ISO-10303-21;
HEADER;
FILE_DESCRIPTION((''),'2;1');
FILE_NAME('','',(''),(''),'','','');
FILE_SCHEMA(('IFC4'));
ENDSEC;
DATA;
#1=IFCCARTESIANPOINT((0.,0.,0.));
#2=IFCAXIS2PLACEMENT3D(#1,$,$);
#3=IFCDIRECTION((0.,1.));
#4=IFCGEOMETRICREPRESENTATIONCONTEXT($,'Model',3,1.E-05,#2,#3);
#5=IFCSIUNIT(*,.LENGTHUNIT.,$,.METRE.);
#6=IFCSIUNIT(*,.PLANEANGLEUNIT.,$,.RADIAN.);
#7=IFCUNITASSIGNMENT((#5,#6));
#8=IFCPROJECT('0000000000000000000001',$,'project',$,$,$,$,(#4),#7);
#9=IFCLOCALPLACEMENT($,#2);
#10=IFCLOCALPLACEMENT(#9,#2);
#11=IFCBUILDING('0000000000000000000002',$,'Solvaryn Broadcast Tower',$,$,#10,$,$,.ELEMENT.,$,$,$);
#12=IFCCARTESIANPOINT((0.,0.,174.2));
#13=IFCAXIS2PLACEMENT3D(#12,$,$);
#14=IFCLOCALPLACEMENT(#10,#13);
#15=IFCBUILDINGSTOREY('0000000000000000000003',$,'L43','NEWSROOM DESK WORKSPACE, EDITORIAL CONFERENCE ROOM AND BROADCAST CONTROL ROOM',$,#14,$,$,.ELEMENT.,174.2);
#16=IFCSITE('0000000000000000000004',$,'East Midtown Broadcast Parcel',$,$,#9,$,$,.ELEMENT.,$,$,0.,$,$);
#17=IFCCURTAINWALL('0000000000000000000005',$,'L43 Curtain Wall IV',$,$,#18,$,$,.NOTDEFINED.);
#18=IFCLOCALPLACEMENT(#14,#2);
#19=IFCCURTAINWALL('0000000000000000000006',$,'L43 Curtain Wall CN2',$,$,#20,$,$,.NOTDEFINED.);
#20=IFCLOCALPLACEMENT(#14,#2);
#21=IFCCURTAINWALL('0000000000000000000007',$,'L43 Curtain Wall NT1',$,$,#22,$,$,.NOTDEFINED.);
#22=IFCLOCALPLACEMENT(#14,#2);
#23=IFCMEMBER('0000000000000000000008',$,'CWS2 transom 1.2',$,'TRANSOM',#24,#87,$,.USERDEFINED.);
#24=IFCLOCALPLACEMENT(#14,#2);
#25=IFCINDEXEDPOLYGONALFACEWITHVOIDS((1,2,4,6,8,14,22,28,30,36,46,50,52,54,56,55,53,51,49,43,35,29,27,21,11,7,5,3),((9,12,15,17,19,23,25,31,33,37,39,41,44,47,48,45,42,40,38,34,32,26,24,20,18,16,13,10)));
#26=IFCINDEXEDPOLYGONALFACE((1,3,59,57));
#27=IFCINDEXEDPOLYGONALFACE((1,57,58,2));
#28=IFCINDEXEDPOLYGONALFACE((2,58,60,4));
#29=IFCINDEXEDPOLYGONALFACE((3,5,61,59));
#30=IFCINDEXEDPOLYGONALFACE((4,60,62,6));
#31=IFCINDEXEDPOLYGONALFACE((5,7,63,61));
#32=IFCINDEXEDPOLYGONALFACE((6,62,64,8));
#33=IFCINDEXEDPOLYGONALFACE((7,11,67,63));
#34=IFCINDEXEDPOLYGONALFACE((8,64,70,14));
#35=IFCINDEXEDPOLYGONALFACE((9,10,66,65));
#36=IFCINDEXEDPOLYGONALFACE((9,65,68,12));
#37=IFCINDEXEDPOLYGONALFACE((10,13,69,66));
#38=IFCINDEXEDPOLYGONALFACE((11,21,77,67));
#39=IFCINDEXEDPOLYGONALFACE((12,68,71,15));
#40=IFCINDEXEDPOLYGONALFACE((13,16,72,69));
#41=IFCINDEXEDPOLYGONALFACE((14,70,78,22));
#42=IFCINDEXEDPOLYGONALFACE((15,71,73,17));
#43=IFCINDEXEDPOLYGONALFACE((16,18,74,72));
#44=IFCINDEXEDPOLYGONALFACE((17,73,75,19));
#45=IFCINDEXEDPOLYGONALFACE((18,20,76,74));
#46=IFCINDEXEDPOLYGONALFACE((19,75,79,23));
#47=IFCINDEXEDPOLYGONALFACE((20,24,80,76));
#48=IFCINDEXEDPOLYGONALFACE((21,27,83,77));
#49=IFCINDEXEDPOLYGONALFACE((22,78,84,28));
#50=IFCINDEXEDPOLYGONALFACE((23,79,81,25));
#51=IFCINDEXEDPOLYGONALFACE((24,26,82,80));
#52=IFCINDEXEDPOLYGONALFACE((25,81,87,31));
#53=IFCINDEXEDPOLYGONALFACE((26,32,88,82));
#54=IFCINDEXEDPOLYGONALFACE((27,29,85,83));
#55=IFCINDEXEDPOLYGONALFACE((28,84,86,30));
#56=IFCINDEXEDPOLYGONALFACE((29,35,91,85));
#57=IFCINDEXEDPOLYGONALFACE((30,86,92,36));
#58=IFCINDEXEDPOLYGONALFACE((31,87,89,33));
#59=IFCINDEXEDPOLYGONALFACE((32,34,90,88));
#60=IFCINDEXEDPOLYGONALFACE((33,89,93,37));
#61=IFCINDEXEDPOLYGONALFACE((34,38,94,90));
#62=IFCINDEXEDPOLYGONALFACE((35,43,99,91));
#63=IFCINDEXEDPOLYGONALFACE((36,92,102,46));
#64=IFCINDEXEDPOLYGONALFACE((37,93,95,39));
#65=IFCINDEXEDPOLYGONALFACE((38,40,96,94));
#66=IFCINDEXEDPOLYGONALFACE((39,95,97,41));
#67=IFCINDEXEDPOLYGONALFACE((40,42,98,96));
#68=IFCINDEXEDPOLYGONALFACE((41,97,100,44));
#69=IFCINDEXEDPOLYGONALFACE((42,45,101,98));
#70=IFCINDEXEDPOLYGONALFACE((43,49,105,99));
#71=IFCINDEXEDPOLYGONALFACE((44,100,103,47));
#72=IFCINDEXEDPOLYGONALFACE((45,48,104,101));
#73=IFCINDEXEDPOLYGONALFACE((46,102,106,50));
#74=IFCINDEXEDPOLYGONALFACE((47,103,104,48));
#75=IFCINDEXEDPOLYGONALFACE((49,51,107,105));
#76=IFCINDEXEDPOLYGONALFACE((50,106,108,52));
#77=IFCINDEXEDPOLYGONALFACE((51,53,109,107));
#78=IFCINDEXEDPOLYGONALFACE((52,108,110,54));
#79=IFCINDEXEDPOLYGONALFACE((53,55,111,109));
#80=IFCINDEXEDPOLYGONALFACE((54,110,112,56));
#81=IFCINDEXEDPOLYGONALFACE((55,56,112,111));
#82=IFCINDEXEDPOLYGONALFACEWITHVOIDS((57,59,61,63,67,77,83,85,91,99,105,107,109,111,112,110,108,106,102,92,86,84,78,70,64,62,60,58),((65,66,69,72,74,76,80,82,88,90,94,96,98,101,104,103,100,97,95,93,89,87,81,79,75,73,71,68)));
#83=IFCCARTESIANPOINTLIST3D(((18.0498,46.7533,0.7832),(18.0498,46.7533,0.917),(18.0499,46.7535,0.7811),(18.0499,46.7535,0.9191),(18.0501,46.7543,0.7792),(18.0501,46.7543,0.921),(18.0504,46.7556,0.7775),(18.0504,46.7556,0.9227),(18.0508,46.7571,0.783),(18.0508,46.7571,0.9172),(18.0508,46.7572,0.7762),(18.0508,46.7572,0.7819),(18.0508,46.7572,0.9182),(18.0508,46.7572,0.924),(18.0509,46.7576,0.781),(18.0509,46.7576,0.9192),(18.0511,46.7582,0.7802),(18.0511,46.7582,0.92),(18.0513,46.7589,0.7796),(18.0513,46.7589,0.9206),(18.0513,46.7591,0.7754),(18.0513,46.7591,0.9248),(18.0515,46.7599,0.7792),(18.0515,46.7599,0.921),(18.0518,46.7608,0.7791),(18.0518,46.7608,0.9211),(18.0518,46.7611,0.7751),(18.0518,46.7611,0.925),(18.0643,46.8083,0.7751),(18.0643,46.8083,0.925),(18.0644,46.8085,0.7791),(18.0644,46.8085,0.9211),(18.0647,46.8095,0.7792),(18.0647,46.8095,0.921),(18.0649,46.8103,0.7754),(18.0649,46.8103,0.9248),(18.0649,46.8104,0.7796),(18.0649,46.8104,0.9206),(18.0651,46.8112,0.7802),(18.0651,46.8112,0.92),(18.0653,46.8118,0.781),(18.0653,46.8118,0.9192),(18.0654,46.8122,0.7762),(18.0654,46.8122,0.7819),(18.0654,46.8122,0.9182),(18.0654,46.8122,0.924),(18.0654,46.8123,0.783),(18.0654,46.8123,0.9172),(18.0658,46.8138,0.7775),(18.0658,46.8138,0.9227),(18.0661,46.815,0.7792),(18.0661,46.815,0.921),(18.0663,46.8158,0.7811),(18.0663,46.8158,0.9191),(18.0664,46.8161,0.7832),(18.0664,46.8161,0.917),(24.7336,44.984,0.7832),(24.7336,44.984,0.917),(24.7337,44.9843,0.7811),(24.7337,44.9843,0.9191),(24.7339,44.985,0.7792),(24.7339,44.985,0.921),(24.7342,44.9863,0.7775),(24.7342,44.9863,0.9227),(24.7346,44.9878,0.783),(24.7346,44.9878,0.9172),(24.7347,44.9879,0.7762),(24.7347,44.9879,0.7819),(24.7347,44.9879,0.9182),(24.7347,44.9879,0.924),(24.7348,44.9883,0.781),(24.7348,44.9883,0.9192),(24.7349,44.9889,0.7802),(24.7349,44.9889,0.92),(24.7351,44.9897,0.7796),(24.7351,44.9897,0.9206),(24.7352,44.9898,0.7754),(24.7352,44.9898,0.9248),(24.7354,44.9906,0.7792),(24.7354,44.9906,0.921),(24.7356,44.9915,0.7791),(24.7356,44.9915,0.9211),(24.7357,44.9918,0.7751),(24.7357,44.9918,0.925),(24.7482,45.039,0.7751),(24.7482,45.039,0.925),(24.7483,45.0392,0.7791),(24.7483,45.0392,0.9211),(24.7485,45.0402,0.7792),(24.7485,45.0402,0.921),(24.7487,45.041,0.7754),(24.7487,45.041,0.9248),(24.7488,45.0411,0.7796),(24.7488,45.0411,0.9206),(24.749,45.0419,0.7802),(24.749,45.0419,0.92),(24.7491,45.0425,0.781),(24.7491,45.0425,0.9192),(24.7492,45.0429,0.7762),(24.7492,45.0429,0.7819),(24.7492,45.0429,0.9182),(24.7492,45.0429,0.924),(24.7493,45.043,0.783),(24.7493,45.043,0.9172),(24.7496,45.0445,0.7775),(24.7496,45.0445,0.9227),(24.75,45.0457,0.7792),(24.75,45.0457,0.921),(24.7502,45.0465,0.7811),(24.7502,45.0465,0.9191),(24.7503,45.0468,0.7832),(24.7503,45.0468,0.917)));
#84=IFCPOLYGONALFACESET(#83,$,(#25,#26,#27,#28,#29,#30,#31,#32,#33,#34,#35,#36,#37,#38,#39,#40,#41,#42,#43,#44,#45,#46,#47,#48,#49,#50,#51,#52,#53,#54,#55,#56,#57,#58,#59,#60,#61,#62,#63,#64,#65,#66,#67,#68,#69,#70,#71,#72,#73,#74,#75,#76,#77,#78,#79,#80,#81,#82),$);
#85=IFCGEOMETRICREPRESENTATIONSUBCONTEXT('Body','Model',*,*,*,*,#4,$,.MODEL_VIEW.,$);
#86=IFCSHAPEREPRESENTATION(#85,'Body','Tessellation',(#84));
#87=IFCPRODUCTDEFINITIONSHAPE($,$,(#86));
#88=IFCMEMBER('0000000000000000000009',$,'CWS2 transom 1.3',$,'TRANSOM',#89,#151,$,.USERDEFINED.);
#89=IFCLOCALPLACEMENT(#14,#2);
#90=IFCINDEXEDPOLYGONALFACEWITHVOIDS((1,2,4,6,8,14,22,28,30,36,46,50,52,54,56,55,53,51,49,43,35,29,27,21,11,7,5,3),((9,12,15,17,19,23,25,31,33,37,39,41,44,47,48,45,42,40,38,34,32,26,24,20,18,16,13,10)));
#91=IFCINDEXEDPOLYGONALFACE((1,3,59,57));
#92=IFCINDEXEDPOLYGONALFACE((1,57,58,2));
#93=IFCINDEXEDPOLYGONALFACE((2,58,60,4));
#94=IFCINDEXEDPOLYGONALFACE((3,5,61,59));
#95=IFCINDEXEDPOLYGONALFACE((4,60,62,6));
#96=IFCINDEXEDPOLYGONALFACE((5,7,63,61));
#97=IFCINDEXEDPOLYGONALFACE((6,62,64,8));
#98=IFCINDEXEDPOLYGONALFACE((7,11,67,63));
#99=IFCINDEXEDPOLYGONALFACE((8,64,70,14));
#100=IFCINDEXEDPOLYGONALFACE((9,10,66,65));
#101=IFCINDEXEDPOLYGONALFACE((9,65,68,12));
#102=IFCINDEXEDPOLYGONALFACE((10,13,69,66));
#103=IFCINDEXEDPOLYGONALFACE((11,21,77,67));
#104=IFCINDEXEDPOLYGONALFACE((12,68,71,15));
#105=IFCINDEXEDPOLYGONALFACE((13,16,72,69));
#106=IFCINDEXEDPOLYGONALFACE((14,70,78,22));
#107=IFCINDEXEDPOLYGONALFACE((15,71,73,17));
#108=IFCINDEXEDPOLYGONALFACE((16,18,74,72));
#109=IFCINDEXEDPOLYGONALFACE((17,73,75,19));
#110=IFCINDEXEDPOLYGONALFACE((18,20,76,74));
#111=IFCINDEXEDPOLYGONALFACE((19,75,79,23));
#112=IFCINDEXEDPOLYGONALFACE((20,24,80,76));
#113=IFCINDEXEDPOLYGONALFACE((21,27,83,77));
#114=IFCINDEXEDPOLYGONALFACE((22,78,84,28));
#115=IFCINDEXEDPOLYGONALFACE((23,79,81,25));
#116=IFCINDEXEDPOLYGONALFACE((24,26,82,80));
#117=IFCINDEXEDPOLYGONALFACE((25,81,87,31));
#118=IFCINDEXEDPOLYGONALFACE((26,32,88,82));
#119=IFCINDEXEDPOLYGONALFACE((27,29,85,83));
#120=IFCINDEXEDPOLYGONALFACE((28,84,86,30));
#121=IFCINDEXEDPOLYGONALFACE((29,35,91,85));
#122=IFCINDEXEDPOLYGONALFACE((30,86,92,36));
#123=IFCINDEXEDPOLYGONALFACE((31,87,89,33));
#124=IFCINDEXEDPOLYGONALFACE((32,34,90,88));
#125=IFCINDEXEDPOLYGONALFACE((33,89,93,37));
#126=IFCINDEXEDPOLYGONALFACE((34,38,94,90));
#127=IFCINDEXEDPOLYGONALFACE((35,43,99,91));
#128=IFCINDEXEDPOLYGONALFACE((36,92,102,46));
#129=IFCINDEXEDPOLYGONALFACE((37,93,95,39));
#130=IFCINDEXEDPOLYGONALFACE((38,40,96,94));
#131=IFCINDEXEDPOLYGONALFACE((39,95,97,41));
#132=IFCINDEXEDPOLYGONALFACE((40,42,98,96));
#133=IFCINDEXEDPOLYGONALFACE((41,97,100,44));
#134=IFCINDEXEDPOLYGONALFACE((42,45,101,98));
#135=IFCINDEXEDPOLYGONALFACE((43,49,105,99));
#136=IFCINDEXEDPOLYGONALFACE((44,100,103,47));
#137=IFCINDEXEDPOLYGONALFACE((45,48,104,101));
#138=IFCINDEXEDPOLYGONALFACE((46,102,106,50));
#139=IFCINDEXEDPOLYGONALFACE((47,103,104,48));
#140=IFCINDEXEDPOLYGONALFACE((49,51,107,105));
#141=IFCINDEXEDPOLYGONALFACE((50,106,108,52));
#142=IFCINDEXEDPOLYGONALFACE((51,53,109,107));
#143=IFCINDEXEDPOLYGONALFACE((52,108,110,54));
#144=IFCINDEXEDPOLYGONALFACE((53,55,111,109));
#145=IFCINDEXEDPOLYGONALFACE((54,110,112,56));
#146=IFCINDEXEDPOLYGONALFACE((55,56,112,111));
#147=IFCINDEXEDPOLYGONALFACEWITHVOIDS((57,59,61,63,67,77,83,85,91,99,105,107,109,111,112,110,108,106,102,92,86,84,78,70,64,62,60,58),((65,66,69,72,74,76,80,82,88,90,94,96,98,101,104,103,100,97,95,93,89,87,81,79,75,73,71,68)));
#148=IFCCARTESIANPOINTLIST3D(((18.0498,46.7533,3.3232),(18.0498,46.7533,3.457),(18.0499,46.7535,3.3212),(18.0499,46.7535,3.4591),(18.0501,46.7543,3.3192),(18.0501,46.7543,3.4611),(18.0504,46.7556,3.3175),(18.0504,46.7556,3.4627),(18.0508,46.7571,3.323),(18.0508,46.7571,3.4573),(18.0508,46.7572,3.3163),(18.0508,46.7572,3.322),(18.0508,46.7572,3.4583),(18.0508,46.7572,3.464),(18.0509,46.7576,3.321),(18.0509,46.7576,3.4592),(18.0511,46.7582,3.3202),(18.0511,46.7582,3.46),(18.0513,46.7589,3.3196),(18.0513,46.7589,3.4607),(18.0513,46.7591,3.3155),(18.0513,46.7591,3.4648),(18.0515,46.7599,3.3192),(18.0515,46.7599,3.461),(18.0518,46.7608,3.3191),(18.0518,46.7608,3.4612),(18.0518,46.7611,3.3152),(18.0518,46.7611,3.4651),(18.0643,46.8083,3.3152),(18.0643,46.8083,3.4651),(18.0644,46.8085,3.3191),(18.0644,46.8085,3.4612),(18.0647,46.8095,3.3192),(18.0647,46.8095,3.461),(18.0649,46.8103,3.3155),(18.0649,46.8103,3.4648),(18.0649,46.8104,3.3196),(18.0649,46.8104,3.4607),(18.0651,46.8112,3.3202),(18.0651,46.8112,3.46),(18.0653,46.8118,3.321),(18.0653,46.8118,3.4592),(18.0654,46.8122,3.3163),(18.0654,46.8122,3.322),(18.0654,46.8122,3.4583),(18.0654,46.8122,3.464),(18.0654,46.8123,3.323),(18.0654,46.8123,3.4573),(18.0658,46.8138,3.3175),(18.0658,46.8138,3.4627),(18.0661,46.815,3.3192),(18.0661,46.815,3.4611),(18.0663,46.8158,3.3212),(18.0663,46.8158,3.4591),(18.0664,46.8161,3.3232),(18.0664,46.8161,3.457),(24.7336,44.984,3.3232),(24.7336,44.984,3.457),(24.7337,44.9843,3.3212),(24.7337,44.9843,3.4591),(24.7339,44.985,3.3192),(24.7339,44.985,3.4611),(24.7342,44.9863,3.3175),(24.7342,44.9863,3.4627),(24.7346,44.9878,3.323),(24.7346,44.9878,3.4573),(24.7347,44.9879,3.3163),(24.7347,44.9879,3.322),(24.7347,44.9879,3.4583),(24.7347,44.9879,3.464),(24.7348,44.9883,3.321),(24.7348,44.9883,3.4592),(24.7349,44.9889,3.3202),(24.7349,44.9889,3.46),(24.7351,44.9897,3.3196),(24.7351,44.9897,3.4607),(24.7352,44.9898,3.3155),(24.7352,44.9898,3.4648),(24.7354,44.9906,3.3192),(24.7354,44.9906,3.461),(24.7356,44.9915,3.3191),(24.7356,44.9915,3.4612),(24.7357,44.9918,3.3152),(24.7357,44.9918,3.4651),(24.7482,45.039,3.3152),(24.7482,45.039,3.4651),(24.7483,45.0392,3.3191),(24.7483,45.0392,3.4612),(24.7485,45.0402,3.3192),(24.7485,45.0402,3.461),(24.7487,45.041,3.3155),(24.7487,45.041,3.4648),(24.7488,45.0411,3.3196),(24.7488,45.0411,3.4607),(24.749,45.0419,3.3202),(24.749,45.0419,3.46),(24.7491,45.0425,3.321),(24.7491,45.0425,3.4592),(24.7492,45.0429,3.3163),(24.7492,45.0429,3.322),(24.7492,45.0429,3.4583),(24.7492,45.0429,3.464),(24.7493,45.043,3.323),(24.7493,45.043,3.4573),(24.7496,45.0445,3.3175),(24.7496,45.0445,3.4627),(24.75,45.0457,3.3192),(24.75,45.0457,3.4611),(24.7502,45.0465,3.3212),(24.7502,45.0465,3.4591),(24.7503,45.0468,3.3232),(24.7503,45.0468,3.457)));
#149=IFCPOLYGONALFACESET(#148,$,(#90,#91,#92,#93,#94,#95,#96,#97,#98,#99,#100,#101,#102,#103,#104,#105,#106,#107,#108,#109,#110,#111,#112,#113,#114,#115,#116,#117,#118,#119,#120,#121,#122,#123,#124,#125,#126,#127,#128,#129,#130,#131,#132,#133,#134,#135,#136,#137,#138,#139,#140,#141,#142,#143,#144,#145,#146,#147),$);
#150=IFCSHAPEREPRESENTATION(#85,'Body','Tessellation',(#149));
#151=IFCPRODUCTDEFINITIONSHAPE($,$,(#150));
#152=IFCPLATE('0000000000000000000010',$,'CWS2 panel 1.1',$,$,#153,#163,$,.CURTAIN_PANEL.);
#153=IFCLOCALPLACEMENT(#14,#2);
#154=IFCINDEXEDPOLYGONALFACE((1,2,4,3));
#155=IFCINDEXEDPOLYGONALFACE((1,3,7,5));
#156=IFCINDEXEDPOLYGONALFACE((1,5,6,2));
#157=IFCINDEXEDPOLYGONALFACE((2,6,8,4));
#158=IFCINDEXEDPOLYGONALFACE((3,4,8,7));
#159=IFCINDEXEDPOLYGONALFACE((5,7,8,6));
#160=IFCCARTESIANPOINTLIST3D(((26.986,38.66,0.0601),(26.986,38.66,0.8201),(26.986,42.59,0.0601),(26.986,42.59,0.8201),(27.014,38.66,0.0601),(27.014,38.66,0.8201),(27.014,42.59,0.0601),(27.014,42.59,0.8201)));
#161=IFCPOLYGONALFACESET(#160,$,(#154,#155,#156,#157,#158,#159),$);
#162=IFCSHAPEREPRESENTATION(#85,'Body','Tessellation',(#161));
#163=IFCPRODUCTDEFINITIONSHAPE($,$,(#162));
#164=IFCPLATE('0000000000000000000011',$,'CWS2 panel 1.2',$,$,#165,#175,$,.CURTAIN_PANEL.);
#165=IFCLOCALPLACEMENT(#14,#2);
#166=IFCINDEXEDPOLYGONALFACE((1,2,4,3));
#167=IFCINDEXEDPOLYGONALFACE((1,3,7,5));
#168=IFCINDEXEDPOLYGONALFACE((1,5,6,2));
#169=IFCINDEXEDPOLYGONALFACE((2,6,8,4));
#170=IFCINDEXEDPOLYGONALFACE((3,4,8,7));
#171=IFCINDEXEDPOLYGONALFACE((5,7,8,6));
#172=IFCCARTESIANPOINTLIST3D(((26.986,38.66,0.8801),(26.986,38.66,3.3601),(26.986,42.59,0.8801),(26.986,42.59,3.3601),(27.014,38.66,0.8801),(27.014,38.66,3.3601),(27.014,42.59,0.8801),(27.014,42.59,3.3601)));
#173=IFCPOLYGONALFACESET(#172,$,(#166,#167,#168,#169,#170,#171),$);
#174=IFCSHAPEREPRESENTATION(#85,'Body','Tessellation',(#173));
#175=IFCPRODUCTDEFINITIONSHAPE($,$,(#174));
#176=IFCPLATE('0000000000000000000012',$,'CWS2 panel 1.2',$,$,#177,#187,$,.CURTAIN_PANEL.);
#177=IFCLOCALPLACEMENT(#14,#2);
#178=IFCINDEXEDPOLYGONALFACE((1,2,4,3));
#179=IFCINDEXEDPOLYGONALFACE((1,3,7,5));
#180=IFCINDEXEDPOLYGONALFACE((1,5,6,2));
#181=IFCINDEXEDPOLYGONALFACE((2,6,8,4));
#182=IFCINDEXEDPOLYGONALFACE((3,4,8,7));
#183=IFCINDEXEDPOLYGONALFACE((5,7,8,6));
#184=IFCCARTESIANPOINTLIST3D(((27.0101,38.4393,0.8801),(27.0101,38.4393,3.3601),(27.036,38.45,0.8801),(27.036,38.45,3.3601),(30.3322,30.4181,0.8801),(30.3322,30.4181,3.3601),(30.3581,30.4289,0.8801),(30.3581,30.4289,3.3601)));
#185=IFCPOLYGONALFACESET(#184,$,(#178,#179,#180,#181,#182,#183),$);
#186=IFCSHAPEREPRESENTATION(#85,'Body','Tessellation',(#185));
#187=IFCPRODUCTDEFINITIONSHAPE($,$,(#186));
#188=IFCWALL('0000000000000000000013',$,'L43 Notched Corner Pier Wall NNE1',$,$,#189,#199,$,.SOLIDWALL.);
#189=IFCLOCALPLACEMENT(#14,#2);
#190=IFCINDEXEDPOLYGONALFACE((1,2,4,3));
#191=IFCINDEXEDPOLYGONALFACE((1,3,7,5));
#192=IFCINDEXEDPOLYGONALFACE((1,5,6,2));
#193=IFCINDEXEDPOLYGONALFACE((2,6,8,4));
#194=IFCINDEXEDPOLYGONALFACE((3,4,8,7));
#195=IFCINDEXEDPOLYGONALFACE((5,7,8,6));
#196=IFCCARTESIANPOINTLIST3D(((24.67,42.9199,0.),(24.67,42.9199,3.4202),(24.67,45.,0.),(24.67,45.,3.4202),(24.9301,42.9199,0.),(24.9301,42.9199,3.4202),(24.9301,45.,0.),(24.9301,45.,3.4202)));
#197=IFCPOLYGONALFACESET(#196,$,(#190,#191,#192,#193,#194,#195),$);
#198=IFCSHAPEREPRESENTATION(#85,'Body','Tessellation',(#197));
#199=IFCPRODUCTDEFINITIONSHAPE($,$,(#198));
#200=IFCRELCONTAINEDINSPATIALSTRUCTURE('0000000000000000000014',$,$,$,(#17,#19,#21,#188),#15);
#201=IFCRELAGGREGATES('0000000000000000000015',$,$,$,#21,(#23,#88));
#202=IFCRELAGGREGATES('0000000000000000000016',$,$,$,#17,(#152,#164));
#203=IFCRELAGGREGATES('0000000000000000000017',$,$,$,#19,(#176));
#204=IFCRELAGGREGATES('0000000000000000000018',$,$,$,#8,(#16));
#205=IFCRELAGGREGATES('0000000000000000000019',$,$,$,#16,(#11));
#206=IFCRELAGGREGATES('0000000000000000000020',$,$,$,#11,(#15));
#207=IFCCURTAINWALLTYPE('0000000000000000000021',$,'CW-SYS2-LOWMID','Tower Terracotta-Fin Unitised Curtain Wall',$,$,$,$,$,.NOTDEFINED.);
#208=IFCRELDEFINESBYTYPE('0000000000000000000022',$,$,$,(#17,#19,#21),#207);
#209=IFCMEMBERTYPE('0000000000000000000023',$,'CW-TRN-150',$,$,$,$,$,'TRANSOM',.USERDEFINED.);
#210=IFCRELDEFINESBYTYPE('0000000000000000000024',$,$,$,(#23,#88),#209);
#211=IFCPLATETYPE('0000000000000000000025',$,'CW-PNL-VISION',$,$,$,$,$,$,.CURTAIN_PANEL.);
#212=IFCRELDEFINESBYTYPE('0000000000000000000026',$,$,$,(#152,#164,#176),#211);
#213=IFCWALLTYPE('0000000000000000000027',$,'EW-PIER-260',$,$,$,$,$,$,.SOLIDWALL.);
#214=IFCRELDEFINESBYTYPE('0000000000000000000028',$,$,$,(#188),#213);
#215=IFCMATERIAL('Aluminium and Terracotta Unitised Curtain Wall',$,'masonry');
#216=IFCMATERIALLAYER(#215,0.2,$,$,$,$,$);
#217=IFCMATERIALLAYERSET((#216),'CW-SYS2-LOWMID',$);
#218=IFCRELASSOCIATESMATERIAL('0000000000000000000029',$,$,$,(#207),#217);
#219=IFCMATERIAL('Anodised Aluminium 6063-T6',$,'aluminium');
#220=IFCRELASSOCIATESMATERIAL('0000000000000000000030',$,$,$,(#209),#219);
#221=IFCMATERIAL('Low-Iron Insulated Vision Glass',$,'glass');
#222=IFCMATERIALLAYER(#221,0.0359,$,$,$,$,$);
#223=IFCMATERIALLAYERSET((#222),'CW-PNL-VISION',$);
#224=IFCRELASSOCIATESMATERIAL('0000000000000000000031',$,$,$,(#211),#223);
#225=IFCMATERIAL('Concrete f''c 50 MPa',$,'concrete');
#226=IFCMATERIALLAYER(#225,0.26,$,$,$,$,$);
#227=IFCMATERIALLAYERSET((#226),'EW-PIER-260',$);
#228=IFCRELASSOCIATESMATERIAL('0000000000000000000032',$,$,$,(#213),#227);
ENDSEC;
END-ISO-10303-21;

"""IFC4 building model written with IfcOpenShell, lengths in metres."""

from ifc_helpers import new_model, si_unit, direction, frame, frame_2d, origin, origin_2d, place, context, subcontext, project, spatial, rectangle, hollow_rectangle, extrude, material, layer, layer_set, material_profile, profile_set, type_object, element, aggregate, save


model = new_model("IFC4")

# Units and contexts
model_context = context("Model", 3, precision=1e-05, world=origin(), true_north=direction((0.0, 1.0)))
body_context = subcontext(model_context, "Body", "Model", "MODEL_VIEW")
ifc_project = project(units=[si_unit("LENGTHUNIT", "METRE"), si_unit("PLANEANGLEUNIT", "RADIAN")], contexts=[model_context])

# Site, building, storey
site_placement = place(None, origin())
site = spatial("IfcSite", under=ifc_project, at=site_placement, Name="East Midtown Broadcast Parcel", CompositionType="ELEMENT", RefElevation=0.0)
building_placement = place(site_placement, origin())
building = spatial("IfcBuilding", under=site, at=building_placement, Name="Solvaryn Broadcast Tower", CompositionType="ELEMENT")
storey_placement = place(building_placement, frame((0.0, 0.0, 174.2)))
storey = spatial("IfcBuildingStorey", under=building, at=storey_placement, Name="L43", Description="NEWSROOM DESK WORKSPACE, EDITORIAL CONFERENCE ROOM AND BROADCAST CONTROL ROOM", CompositionType="ELEMENT", Elevation=174.2)

# Curtain wall
ifc_material_1 = material(Name="Aluminium and Terracotta Unitised Curtain Wall", Category="masonry")
ifc_layer_1 = layer(ifc_material_1, 0.2)
ifc_layer_set_1 = layer_set([ifc_layer_1], Name="CW-SYS2-LOWMID")
curtain_wall_type = type_object("IfcCurtainWallType", Name="CW-SYS2-LOWMID", Description="Tower Terracotta-Fin Unitised Curtain Wall", PredefinedType="NOTDEFINED", material=ifc_layer_set_1)
curtain_wall_1_placement = place(storey_placement, origin())
curtain_wall_1 = element("IfcCurtainWall", 1, at=curtain_wall_1_placement, inside=storey, type_object=curtain_wall_type, Name="L43 Curtain Wall IV", PredefinedType="NOTDEFINED")

# Curtain walls
curtain_wall_2_placement = place(storey_placement, origin())
curtain_wall_2 = element("IfcCurtainWall", 2, at=curtain_wall_2_placement, inside=storey, type_object=curtain_wall_type, Name="L43 Curtain Wall CN2", PredefinedType="NOTDEFINED")
curtain_wall_3_placement = place(storey_placement, origin())
curtain_wall_3 = element("IfcCurtainWall", 3, at=curtain_wall_3_placement, inside=storey, type_object=curtain_wall_type, Name="L43 Curtain Wall NT1", PredefinedType="NOTDEFINED")

# Members
ifc_material_2 = material(Name="Anodised Aluminium 6063-T6", Category="aluminium")
ifc_material_profile_1 = material_profile(ifc_material_2, hollow_rectangle(XDim=0.0649, YDim=0.1499, WallThickness=0.0039, InnerFilletRadius=0.0039, OuterFilletRadius=0.0081, at=origin_2d()))
ifc_profile_set_1 = profile_set([ifc_material_profile_1], Name="Anodised Aluminium 6063-T6")
member_type_1 = type_object("IfcMemberType", Name="CW-TRN-150", ElementType="TRANSOM", PredefinedType="USERDEFINED", material=ifc_profile_set_1)
member_1_placement = place(storey_placement, frame((24.7419, 45.0154, 0.8501), z_axis=(-0.966704, 0.255897, 0.0), x_axis=(-0.255897, -0.966704, 0.0)))
member_1 = element("IfcMember", 4, at=member_1_placement, type_object=member_type_1, Name="CWS2 transom 1.2", ObjectType="TRANSOM", PredefinedType="USERDEFINED", context=body_context, shape_type="SweptSolid", body=[
    extrude(hollow_rectangle(XDim=0.0649, YDim=0.1499, WallThickness=0.0039, InnerFilletRadius=0.0039, OuterFilletRadius=0.0081, at=origin_2d()), origin(), (0.0, 0.0, 1.0), 6.9141),
])
member_2_placement = place(storey_placement, frame((24.7419, 45.0154, 3.3901), z_axis=(-0.966704, 0.255897, 0.0), x_axis=(-0.255897, -0.966704, 0.0)))
member_2 = element("IfcMember", 5, at=member_2_placement, type_object=member_type_1, Name="CWS2 transom 1.3", ObjectType="TRANSOM", PredefinedType="USERDEFINED", context=body_context, shape_type="SweptSolid", body=[
    extrude(hollow_rectangle(XDim=0.0649, YDim=0.1499, WallThickness=0.0039, InnerFilletRadius=0.0039, OuterFilletRadius=0.0081, at=origin_2d()), origin(), (0.0, 0.0, 1.0), 6.9141),
])
aggregate(curtain_wall_3, [member_1, member_2])

# Plates
ifc_material_3 = material(Name="Low-Iron Insulated Vision Glass", Category="glass")
ifc_layer_2 = layer(ifc_material_3, 0.0359)
ifc_layer_set_2 = layer_set([ifc_layer_2], Name="CW-PNL-VISION")
plate_type = type_object("IfcPlateType", Name="CW-PNL-VISION", PredefinedType="CURTAIN_PANEL", material=ifc_layer_set_2)
plate_1_placement = place(storey_placement, frame((27.0, 40.625, 0.0601), z_axis=(0.0, 0.0, 1.0), x_axis=(0.0, -1.0, 0.0)))
plate_1 = element("IfcPlate", 6, at=plate_1_placement, type_object=plate_type, Name="CWS2 panel 1.1", PredefinedType="CURTAIN_PANEL", context=body_context, shape_type="SweptSolid", body=[
    extrude(rectangle(XDim=3.9299, YDim=0.0281, at=origin_2d()), origin(), (0.0, 0.0, 1.0), 0.76),
])
plate_2_placement = place(storey_placement, frame((27.0, 40.625, 0.8801), z_axis=(0.0, 0.0, 1.0), x_axis=(0.0, -1.0, 0.0)))
plate_2 = element("IfcPlate", 7, at=plate_2_placement, type_object=plate_type, Name="CWS2 panel 1.2", PredefinedType="CURTAIN_PANEL", context=body_context, shape_type="SweptSolid", body=[
    extrude(rectangle(XDim=3.9299, YDim=0.0281, at=origin_2d()), origin(), (0.0, 0.0, 1.0), 2.48),
])
aggregate(curtain_wall_1, [plate_1, plate_2])
plate_3_placement = place(storey_placement, frame((28.6841, 34.4341, 0.8801), z_axis=(0.0, 0.0, 1.0), x_axis=(-0.382646, 0.923895, 0.0)))
plate_3 = element("IfcPlate", 8, at=plate_3_placement, type_object=plate_type, Name="CWS2 panel 1.2", PredefinedType="CURTAIN_PANEL", context=body_context, shape_type="SweptSolid", body=[
    extrude(rectangle(XDim=8.6819, YDim=0.0281, at=origin_2d()), origin(), (0.0, 0.0, 1.0), 2.48),
])
aggregate(curtain_wall_2, [plate_3])

# Wall
ifc_material_4 = material(Name="Concrete f'c 50 MPa", Category="concrete")
ifc_layer_3 = layer(ifc_material_4, 0.26)
ifc_layer_set_3 = layer_set([ifc_layer_3], Name="EW-PIER-260")
wall_type_1 = type_object("IfcWallType", Name="EW-PIER-260", PredefinedType="SOLIDWALL", material=ifc_layer_set_3)
wall_1_placement = place(storey_placement, frame((24.8, 45.0, 0.0), z_axis=(0.0, 0.0, 1.0), x_axis=(0.0, -1.0, 0.0)))
element("IfcWall", 9, at=wall_1_placement, inside=storey, type_object=wall_type_1, Name="L43 Notched Corner Pier Wall NNE1", PredefinedType="SOLIDWALL", context=body_context, shape_type="SweptSolid", body=[
    extrude(rectangle(XDim=2.0801, YDim=0.26, at=frame_2d((1.04, 0.0))), origin(), (0.0, 0.0, 1.0), 3.4202),
])

save(model, "model.ifc")
